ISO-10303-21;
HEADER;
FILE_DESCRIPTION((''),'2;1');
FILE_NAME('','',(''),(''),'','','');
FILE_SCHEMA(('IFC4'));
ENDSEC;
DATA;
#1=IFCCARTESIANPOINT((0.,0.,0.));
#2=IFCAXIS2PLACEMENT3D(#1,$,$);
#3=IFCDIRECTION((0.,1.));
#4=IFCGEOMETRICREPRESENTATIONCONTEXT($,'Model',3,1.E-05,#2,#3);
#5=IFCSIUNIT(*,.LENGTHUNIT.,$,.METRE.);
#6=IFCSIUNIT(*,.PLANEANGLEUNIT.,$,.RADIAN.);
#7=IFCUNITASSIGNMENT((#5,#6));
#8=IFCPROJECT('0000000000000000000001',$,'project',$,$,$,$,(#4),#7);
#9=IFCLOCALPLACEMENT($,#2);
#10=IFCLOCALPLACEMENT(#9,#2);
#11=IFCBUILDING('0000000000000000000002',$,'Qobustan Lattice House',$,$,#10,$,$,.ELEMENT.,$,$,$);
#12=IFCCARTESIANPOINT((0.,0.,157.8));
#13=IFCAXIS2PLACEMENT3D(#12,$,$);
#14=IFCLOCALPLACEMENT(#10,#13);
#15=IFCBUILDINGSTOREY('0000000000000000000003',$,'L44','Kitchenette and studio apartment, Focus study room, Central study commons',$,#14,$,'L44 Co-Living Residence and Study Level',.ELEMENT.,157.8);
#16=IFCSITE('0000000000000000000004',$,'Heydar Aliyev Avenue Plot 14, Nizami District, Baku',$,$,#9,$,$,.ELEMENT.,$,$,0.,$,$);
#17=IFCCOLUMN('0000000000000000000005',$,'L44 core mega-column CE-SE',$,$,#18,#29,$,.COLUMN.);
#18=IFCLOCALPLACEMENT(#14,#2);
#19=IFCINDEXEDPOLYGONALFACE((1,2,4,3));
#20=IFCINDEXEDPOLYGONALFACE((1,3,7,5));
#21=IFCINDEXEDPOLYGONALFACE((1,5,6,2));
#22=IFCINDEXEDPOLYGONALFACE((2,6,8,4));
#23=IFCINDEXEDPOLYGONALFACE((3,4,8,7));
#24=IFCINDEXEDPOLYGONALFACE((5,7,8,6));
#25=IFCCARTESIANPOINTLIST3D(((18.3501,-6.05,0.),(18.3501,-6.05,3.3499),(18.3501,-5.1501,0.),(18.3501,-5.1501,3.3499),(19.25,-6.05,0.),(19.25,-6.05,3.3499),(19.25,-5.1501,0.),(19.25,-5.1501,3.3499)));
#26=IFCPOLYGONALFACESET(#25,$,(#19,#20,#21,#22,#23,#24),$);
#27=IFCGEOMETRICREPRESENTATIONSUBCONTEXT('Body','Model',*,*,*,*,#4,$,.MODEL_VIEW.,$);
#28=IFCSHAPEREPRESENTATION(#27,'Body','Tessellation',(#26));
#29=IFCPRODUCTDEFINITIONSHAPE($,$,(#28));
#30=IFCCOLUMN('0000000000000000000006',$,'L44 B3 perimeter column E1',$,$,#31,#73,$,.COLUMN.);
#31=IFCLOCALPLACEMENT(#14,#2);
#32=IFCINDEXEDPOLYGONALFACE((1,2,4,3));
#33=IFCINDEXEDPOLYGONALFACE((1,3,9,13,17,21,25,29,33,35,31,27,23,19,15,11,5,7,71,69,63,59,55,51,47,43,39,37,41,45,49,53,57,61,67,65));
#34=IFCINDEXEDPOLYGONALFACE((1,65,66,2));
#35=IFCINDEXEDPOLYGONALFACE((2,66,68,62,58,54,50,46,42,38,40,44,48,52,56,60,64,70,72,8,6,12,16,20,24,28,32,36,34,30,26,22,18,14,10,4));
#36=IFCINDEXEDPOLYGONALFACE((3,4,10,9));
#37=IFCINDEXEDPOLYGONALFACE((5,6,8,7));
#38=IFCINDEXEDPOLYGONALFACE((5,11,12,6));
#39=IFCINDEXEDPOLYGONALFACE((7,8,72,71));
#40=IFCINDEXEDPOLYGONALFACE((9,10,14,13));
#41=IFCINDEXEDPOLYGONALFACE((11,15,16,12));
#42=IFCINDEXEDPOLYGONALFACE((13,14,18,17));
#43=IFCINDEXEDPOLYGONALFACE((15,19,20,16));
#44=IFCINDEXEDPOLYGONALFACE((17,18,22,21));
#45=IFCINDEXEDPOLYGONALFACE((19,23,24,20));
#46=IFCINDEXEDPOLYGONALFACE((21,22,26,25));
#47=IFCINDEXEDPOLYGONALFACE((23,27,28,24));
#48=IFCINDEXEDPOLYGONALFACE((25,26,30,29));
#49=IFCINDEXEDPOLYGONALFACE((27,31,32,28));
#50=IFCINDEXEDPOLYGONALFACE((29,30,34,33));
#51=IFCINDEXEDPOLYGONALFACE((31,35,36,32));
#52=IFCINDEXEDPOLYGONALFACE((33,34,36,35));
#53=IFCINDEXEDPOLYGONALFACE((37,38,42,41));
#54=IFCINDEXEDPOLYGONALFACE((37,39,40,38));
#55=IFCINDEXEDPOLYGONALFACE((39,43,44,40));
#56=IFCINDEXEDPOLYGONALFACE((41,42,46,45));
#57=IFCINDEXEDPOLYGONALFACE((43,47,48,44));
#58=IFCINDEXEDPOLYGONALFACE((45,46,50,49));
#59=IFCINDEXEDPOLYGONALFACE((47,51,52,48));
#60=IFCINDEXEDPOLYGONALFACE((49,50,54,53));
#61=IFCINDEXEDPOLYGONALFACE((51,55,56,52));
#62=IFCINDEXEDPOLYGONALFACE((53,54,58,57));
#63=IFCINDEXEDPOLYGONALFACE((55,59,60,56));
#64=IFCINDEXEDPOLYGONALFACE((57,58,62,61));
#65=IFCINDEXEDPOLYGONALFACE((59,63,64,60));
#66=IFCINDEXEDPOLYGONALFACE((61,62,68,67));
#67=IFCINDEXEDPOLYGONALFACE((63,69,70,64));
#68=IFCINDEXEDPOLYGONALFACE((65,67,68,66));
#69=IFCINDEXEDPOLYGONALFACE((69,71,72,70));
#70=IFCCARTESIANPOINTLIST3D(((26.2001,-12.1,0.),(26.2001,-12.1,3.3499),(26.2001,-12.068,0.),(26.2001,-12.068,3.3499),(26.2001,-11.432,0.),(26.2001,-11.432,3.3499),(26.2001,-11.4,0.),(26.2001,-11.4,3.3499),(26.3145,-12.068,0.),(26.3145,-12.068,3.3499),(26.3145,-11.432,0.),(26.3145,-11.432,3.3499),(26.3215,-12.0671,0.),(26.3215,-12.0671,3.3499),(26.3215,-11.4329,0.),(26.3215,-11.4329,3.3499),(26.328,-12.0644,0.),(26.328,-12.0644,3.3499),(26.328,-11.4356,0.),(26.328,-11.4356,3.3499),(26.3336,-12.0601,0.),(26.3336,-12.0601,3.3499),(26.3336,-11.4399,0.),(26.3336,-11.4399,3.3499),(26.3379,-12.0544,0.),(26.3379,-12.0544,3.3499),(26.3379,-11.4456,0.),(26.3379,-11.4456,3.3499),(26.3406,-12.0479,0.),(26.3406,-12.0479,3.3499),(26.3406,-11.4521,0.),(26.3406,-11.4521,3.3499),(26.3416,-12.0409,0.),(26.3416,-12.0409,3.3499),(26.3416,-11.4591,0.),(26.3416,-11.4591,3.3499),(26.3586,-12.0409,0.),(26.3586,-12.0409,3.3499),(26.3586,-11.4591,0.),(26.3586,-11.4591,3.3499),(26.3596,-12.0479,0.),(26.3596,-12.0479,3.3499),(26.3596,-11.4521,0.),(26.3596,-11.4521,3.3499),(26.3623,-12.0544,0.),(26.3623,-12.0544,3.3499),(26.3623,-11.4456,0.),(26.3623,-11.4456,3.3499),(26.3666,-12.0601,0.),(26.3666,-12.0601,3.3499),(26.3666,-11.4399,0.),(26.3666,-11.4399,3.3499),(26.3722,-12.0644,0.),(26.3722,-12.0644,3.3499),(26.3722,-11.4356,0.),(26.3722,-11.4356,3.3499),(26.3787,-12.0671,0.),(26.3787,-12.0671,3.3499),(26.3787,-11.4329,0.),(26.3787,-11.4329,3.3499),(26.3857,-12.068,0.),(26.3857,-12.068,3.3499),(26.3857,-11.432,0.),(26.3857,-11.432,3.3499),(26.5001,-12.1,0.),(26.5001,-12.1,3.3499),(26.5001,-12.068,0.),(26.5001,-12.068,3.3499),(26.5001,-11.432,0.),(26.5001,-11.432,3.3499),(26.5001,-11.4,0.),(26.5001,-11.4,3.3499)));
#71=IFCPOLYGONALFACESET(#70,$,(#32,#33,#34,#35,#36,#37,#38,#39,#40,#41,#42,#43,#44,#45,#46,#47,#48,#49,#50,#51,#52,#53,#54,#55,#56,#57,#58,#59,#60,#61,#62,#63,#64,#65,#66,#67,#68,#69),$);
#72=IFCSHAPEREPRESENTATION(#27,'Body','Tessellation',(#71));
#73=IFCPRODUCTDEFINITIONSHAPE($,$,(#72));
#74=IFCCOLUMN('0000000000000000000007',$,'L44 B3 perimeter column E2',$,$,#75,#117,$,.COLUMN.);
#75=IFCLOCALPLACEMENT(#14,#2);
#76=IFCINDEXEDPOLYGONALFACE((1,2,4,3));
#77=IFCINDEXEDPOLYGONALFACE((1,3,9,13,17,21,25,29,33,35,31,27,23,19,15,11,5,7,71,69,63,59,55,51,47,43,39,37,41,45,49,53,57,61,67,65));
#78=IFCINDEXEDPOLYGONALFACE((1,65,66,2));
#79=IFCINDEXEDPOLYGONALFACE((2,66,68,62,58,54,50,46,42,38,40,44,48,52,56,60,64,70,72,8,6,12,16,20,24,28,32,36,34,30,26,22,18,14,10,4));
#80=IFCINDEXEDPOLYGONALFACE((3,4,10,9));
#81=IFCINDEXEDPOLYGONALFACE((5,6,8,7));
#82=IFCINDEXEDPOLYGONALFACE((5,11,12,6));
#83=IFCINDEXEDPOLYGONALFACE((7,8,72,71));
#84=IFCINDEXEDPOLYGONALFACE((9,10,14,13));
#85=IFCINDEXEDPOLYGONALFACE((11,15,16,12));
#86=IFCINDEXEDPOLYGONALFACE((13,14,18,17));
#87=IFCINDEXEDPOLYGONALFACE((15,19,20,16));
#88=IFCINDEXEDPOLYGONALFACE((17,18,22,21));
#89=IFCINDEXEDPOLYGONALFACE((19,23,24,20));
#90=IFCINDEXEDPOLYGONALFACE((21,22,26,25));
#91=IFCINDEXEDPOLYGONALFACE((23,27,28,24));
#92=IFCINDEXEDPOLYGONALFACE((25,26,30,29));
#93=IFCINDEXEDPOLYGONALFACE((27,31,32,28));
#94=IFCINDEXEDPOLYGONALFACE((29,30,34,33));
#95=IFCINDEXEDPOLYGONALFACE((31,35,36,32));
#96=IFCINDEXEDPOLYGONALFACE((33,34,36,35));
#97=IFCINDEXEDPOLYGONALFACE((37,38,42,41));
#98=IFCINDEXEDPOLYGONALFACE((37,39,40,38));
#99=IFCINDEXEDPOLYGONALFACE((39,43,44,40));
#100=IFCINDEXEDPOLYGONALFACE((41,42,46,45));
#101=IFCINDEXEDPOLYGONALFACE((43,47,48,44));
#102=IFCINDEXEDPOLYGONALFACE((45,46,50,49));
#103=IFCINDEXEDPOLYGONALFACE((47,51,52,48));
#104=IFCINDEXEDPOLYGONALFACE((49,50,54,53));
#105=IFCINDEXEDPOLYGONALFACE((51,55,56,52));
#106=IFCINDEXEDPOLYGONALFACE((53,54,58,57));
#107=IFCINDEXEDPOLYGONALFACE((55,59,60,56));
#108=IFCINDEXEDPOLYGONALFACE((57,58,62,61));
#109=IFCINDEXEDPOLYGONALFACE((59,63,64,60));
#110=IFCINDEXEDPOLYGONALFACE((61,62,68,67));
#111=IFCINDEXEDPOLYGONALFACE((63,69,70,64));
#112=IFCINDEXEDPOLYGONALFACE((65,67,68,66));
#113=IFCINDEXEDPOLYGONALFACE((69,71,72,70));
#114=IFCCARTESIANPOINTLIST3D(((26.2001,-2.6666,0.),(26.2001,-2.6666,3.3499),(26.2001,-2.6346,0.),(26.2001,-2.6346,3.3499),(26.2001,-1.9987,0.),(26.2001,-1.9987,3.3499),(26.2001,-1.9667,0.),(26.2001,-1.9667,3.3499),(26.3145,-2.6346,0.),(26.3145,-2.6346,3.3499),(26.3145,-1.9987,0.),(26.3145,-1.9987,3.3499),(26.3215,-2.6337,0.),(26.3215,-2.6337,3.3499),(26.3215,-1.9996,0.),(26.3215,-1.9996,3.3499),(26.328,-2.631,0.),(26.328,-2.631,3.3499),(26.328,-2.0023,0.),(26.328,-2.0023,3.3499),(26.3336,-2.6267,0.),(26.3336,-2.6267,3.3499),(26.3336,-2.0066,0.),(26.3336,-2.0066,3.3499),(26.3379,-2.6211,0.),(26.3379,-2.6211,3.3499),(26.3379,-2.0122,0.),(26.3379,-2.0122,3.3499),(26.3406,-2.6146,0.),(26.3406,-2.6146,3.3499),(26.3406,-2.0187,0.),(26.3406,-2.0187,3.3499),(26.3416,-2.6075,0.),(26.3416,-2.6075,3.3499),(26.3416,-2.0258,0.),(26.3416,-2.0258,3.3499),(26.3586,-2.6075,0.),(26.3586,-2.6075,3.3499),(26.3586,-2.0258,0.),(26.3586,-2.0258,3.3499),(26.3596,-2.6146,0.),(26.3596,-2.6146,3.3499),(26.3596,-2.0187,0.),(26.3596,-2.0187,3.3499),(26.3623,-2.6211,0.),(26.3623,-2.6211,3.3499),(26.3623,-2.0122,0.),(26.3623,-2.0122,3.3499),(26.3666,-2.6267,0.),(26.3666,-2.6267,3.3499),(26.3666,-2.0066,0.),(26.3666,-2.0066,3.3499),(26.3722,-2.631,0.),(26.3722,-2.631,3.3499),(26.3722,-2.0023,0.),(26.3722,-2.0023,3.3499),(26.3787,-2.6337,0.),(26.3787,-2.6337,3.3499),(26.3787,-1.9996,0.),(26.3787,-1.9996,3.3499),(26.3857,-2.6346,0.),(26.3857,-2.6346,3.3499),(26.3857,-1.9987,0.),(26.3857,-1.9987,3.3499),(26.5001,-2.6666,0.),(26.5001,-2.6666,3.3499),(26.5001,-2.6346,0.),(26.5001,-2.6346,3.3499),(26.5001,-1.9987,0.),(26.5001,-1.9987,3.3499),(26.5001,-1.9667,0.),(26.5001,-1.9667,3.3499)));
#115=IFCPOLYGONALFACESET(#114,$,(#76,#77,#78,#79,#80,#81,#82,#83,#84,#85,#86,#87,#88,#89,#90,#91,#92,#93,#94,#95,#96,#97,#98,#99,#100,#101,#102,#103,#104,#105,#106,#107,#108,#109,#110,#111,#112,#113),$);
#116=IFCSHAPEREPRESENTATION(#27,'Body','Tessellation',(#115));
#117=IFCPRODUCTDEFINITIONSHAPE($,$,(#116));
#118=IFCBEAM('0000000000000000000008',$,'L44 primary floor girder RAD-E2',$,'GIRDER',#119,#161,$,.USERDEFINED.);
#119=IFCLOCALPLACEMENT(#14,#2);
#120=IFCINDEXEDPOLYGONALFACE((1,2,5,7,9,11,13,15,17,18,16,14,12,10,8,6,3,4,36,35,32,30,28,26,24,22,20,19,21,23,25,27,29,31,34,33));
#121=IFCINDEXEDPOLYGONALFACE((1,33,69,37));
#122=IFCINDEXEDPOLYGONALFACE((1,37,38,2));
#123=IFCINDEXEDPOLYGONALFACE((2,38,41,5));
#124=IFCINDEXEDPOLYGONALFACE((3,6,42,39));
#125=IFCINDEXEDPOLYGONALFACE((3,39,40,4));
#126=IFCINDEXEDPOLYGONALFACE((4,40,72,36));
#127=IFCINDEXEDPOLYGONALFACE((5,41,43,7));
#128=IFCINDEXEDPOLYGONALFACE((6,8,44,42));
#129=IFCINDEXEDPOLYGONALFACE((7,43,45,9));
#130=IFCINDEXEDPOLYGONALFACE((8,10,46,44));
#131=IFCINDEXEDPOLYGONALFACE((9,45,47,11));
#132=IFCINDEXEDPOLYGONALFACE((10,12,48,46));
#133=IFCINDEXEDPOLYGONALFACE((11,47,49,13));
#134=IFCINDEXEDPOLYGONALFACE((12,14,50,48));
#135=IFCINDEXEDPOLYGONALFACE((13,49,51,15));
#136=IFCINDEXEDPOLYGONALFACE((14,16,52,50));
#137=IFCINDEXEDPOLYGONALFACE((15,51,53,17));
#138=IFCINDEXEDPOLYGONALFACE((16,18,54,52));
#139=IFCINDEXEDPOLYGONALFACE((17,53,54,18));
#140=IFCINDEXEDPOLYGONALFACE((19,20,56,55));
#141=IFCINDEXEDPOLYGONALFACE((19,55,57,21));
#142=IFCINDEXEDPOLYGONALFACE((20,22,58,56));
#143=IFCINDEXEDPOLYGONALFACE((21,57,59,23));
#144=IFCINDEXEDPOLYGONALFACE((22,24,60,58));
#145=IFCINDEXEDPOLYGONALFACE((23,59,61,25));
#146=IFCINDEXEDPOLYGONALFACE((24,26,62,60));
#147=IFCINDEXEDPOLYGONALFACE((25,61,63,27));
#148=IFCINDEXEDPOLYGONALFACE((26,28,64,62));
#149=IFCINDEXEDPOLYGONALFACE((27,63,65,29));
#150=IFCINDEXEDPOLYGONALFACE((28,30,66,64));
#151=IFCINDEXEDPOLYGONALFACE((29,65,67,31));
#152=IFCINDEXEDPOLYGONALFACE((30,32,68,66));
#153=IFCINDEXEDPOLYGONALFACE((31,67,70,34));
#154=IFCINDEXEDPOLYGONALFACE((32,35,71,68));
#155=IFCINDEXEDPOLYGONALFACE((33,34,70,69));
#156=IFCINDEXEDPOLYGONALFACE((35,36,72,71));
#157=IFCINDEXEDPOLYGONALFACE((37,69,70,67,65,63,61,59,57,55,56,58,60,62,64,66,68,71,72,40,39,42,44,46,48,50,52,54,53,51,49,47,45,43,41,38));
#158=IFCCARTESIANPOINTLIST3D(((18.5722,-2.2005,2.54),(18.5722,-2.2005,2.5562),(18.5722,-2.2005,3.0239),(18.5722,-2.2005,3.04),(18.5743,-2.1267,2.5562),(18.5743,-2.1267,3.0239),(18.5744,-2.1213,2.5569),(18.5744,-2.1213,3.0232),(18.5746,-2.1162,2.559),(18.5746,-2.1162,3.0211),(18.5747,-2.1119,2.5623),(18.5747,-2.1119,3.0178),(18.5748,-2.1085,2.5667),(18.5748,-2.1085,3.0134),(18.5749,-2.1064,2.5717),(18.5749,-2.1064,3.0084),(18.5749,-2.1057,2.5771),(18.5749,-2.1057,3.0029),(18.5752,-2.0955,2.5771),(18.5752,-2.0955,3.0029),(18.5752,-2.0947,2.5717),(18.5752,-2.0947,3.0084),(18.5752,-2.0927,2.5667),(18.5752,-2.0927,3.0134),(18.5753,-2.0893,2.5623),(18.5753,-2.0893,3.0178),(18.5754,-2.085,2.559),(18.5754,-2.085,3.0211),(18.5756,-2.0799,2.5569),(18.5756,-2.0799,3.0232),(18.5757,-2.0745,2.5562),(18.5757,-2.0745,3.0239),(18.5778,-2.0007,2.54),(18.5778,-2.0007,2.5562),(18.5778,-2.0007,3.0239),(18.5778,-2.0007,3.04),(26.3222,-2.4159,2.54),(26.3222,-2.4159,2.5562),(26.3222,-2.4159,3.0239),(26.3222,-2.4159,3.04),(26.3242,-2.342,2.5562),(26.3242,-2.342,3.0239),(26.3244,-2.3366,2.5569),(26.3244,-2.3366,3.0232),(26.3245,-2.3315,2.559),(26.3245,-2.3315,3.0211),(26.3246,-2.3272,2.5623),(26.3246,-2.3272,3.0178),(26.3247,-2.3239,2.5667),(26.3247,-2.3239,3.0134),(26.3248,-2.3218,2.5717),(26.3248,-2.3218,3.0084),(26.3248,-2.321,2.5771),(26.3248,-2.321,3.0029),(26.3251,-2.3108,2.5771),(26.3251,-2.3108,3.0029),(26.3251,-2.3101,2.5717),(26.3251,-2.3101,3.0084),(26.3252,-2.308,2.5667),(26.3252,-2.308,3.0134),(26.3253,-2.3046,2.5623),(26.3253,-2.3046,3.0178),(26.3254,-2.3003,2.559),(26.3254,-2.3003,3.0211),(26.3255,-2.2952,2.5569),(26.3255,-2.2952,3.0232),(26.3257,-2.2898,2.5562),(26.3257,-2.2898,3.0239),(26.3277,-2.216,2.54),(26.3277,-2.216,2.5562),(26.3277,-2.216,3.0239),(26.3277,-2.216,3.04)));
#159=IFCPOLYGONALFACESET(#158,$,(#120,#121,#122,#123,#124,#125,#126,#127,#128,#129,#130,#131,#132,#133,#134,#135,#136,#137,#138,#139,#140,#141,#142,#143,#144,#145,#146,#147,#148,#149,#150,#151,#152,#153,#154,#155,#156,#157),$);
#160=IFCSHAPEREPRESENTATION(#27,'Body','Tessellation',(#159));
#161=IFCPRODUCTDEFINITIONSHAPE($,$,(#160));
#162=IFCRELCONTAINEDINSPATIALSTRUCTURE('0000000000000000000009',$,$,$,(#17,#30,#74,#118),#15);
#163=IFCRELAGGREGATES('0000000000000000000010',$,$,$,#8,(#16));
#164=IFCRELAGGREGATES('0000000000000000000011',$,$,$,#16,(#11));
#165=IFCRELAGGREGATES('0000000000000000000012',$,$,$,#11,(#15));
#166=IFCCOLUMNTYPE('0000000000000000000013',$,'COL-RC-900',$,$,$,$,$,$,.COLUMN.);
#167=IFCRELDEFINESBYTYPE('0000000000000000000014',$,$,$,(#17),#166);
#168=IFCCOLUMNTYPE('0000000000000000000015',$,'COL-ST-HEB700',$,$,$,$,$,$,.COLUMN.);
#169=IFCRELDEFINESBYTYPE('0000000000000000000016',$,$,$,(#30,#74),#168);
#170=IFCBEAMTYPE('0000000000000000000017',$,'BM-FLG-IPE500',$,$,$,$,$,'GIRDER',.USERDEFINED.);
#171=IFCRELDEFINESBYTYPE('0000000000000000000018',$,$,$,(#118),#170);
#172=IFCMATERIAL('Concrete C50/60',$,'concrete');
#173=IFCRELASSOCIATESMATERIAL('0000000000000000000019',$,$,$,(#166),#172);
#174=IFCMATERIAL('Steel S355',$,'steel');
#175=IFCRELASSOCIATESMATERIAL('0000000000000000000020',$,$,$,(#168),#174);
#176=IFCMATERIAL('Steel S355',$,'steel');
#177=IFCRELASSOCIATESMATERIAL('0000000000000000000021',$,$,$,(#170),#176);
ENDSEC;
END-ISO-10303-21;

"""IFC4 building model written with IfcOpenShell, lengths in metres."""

from ifc_helpers import new_model, si_unit, direction, frame, origin, origin_2d, place, context, subcontext, project, spatial, rectangle, i_section, extrude, material, material_profile, profile_set, type_object, element, save


model = new_model("IFC4")

# Units and contexts
model_context = context("Model", 3, precision=1e-05, world=origin(), true_north=direction((0.0, 1.0)))
body_context = subcontext(model_context, "Body", "Model", "MODEL_VIEW")
ifc_project = project(units=[si_unit("LENGTHUNIT", "METRE"), si_unit("PLANEANGLEUNIT", "RADIAN")], contexts=[model_context])

# Site, building, storey
site_placement = place(None, origin())
site = spatial("IfcSite", under=ifc_project, at=site_placement, Name="Heydar Aliyev Avenue Plot 14, Nizami District, Baku", CompositionType="ELEMENT", RefElevation=0.0)
building_placement = place(site_placement, origin())
building = spatial("IfcBuilding", under=site, at=building_placement, Name="Qobustan Lattice House", CompositionType="ELEMENT")
storey_placement = place(building_placement, frame((0.0, 0.0, 157.8)))
storey = spatial("IfcBuildingStorey", under=building, at=storey_placement, Name="L44", Description="Kitchenette and studio apartment, Focus study room, Central study commons", LongName="L44 Co-Living Residence and Study Level", CompositionType="ELEMENT", Elevation=157.8)

# Columns
ifc_material_1 = material(Name="Concrete C50/60", Category="concrete")
ifc_material_profile_1 = material_profile(ifc_material_1, rectangle(XDim=0.8999, YDim=0.8999, at=origin_2d()), Name="RC900x900")
ifc_profile_set_1 = profile_set([ifc_material_profile_1], Name="Concrete C50/60")
column_type_1 = type_object("IfcColumnType", Name="COL-RC-900", PredefinedType="COLUMN", material=ifc_profile_set_1)
column_placement = place(storey_placement, frame((18.8, -5.6001, 0.0), z_axis=(0.0, 0.0, 1.0), x_axis=(1.0, 0.0, 0.0)))
element("IfcColumn", 1, at=column_placement, inside=storey, type_object=column_type_1, Name="L44 core mega-column CE-SE", PredefinedType="COLUMN", context=body_context, shape_type="SweptSolid", body=[
    extrude(rectangle(XDim=0.8999, YDim=0.8999, at=origin_2d()), origin(), (0.0, 0.0, 1.0), 3.3499),
])
ifc_material_2 = material(Name="Steel S355", Category="steel")
ifc_material_profile_2 = material_profile(ifc_material_2, i_section(OverallWidth=0.3, OverallDepth=0.7, WebThickness=0.0171, FlangeThickness=0.032, FilletRadius=0.0271, at=origin_2d()), Name="HEB700")
ifc_profile_set_2 = profile_set([ifc_material_profile_2], Name="Steel S355")
column_type_2 = type_object("IfcColumnType", Name="COL-ST-HEB700", PredefinedType="COLUMN", material=ifc_profile_set_2)
for number, where, z_axis, x_axis, name in (
    (2, (26.3501, -11.75, 0.0), (0.0, 0.0, 1.0), (1.0, 0.0, 0.0), "L44 B3 perimeter column E1"),
    (3, (26.3501, -2.3167, 0.0), (0.0, 0.0, 1.0), (1.0, 0.0, 0.0), "L44 B3 perimeter column E2"),
):
    element("IfcColumn", number, at=place(storey_placement, frame(where, z_axis=z_axis, x_axis=x_axis)), inside=storey, type_object=column_type_2, Name=name, PredefinedType="COLUMN", context=body_context, shape_type="SweptSolid", body=[
        extrude(i_section(OverallWidth=0.3, OverallDepth=0.7, WebThickness=0.0171, FlangeThickness=0.032, FilletRadius=0.0271, at=origin_2d()), origin(), (0.0, 0.0, 1.0), 3.3499),
    ])

# Beam
ifc_material_3 = material(Name="Steel S355", Category="steel")
ifc_material_profile_3 = material_profile(ifc_material_3, i_section(OverallWidth=0.2, OverallDepth=0.5, WebThickness=0.0103, FlangeThickness=0.0161, FilletRadius=0.021, at=origin_2d()), Name="IPE500")
ifc_profile_set_3 = profile_set([ifc_material_profile_3], Name="Steel S355")
beam_type_1 = type_object("IfcBeamType", Name="BM-FLG-IPE500", ElementType="GIRDER", PredefinedType="USERDEFINED", material=ifc_profile_set_3)
beam_1_placement = place(storey_placement, frame((26.325, -2.3159, 2.79), z_axis=(-0.999614, 0.027774, 0.0), x_axis=(-0.027774, -0.999614, 0.0)))
element("IfcBeam", 4, at=beam_1_placement, inside=storey, type_object=beam_type_1, Name="L44 primary floor girder RAD-E2", ObjectType="GIRDER", PredefinedType="USERDEFINED", context=body_context, shape_type="SweptSolid", body=[
    extrude(i_section(OverallWidth=0.2, OverallDepth=0.5, WebThickness=0.0103, FlangeThickness=0.0161, FilletRadius=0.021, at=origin_2d()), origin(), (0.0, 0.0, 1.0), 7.7529),
])

save(model, "model.ifc")
